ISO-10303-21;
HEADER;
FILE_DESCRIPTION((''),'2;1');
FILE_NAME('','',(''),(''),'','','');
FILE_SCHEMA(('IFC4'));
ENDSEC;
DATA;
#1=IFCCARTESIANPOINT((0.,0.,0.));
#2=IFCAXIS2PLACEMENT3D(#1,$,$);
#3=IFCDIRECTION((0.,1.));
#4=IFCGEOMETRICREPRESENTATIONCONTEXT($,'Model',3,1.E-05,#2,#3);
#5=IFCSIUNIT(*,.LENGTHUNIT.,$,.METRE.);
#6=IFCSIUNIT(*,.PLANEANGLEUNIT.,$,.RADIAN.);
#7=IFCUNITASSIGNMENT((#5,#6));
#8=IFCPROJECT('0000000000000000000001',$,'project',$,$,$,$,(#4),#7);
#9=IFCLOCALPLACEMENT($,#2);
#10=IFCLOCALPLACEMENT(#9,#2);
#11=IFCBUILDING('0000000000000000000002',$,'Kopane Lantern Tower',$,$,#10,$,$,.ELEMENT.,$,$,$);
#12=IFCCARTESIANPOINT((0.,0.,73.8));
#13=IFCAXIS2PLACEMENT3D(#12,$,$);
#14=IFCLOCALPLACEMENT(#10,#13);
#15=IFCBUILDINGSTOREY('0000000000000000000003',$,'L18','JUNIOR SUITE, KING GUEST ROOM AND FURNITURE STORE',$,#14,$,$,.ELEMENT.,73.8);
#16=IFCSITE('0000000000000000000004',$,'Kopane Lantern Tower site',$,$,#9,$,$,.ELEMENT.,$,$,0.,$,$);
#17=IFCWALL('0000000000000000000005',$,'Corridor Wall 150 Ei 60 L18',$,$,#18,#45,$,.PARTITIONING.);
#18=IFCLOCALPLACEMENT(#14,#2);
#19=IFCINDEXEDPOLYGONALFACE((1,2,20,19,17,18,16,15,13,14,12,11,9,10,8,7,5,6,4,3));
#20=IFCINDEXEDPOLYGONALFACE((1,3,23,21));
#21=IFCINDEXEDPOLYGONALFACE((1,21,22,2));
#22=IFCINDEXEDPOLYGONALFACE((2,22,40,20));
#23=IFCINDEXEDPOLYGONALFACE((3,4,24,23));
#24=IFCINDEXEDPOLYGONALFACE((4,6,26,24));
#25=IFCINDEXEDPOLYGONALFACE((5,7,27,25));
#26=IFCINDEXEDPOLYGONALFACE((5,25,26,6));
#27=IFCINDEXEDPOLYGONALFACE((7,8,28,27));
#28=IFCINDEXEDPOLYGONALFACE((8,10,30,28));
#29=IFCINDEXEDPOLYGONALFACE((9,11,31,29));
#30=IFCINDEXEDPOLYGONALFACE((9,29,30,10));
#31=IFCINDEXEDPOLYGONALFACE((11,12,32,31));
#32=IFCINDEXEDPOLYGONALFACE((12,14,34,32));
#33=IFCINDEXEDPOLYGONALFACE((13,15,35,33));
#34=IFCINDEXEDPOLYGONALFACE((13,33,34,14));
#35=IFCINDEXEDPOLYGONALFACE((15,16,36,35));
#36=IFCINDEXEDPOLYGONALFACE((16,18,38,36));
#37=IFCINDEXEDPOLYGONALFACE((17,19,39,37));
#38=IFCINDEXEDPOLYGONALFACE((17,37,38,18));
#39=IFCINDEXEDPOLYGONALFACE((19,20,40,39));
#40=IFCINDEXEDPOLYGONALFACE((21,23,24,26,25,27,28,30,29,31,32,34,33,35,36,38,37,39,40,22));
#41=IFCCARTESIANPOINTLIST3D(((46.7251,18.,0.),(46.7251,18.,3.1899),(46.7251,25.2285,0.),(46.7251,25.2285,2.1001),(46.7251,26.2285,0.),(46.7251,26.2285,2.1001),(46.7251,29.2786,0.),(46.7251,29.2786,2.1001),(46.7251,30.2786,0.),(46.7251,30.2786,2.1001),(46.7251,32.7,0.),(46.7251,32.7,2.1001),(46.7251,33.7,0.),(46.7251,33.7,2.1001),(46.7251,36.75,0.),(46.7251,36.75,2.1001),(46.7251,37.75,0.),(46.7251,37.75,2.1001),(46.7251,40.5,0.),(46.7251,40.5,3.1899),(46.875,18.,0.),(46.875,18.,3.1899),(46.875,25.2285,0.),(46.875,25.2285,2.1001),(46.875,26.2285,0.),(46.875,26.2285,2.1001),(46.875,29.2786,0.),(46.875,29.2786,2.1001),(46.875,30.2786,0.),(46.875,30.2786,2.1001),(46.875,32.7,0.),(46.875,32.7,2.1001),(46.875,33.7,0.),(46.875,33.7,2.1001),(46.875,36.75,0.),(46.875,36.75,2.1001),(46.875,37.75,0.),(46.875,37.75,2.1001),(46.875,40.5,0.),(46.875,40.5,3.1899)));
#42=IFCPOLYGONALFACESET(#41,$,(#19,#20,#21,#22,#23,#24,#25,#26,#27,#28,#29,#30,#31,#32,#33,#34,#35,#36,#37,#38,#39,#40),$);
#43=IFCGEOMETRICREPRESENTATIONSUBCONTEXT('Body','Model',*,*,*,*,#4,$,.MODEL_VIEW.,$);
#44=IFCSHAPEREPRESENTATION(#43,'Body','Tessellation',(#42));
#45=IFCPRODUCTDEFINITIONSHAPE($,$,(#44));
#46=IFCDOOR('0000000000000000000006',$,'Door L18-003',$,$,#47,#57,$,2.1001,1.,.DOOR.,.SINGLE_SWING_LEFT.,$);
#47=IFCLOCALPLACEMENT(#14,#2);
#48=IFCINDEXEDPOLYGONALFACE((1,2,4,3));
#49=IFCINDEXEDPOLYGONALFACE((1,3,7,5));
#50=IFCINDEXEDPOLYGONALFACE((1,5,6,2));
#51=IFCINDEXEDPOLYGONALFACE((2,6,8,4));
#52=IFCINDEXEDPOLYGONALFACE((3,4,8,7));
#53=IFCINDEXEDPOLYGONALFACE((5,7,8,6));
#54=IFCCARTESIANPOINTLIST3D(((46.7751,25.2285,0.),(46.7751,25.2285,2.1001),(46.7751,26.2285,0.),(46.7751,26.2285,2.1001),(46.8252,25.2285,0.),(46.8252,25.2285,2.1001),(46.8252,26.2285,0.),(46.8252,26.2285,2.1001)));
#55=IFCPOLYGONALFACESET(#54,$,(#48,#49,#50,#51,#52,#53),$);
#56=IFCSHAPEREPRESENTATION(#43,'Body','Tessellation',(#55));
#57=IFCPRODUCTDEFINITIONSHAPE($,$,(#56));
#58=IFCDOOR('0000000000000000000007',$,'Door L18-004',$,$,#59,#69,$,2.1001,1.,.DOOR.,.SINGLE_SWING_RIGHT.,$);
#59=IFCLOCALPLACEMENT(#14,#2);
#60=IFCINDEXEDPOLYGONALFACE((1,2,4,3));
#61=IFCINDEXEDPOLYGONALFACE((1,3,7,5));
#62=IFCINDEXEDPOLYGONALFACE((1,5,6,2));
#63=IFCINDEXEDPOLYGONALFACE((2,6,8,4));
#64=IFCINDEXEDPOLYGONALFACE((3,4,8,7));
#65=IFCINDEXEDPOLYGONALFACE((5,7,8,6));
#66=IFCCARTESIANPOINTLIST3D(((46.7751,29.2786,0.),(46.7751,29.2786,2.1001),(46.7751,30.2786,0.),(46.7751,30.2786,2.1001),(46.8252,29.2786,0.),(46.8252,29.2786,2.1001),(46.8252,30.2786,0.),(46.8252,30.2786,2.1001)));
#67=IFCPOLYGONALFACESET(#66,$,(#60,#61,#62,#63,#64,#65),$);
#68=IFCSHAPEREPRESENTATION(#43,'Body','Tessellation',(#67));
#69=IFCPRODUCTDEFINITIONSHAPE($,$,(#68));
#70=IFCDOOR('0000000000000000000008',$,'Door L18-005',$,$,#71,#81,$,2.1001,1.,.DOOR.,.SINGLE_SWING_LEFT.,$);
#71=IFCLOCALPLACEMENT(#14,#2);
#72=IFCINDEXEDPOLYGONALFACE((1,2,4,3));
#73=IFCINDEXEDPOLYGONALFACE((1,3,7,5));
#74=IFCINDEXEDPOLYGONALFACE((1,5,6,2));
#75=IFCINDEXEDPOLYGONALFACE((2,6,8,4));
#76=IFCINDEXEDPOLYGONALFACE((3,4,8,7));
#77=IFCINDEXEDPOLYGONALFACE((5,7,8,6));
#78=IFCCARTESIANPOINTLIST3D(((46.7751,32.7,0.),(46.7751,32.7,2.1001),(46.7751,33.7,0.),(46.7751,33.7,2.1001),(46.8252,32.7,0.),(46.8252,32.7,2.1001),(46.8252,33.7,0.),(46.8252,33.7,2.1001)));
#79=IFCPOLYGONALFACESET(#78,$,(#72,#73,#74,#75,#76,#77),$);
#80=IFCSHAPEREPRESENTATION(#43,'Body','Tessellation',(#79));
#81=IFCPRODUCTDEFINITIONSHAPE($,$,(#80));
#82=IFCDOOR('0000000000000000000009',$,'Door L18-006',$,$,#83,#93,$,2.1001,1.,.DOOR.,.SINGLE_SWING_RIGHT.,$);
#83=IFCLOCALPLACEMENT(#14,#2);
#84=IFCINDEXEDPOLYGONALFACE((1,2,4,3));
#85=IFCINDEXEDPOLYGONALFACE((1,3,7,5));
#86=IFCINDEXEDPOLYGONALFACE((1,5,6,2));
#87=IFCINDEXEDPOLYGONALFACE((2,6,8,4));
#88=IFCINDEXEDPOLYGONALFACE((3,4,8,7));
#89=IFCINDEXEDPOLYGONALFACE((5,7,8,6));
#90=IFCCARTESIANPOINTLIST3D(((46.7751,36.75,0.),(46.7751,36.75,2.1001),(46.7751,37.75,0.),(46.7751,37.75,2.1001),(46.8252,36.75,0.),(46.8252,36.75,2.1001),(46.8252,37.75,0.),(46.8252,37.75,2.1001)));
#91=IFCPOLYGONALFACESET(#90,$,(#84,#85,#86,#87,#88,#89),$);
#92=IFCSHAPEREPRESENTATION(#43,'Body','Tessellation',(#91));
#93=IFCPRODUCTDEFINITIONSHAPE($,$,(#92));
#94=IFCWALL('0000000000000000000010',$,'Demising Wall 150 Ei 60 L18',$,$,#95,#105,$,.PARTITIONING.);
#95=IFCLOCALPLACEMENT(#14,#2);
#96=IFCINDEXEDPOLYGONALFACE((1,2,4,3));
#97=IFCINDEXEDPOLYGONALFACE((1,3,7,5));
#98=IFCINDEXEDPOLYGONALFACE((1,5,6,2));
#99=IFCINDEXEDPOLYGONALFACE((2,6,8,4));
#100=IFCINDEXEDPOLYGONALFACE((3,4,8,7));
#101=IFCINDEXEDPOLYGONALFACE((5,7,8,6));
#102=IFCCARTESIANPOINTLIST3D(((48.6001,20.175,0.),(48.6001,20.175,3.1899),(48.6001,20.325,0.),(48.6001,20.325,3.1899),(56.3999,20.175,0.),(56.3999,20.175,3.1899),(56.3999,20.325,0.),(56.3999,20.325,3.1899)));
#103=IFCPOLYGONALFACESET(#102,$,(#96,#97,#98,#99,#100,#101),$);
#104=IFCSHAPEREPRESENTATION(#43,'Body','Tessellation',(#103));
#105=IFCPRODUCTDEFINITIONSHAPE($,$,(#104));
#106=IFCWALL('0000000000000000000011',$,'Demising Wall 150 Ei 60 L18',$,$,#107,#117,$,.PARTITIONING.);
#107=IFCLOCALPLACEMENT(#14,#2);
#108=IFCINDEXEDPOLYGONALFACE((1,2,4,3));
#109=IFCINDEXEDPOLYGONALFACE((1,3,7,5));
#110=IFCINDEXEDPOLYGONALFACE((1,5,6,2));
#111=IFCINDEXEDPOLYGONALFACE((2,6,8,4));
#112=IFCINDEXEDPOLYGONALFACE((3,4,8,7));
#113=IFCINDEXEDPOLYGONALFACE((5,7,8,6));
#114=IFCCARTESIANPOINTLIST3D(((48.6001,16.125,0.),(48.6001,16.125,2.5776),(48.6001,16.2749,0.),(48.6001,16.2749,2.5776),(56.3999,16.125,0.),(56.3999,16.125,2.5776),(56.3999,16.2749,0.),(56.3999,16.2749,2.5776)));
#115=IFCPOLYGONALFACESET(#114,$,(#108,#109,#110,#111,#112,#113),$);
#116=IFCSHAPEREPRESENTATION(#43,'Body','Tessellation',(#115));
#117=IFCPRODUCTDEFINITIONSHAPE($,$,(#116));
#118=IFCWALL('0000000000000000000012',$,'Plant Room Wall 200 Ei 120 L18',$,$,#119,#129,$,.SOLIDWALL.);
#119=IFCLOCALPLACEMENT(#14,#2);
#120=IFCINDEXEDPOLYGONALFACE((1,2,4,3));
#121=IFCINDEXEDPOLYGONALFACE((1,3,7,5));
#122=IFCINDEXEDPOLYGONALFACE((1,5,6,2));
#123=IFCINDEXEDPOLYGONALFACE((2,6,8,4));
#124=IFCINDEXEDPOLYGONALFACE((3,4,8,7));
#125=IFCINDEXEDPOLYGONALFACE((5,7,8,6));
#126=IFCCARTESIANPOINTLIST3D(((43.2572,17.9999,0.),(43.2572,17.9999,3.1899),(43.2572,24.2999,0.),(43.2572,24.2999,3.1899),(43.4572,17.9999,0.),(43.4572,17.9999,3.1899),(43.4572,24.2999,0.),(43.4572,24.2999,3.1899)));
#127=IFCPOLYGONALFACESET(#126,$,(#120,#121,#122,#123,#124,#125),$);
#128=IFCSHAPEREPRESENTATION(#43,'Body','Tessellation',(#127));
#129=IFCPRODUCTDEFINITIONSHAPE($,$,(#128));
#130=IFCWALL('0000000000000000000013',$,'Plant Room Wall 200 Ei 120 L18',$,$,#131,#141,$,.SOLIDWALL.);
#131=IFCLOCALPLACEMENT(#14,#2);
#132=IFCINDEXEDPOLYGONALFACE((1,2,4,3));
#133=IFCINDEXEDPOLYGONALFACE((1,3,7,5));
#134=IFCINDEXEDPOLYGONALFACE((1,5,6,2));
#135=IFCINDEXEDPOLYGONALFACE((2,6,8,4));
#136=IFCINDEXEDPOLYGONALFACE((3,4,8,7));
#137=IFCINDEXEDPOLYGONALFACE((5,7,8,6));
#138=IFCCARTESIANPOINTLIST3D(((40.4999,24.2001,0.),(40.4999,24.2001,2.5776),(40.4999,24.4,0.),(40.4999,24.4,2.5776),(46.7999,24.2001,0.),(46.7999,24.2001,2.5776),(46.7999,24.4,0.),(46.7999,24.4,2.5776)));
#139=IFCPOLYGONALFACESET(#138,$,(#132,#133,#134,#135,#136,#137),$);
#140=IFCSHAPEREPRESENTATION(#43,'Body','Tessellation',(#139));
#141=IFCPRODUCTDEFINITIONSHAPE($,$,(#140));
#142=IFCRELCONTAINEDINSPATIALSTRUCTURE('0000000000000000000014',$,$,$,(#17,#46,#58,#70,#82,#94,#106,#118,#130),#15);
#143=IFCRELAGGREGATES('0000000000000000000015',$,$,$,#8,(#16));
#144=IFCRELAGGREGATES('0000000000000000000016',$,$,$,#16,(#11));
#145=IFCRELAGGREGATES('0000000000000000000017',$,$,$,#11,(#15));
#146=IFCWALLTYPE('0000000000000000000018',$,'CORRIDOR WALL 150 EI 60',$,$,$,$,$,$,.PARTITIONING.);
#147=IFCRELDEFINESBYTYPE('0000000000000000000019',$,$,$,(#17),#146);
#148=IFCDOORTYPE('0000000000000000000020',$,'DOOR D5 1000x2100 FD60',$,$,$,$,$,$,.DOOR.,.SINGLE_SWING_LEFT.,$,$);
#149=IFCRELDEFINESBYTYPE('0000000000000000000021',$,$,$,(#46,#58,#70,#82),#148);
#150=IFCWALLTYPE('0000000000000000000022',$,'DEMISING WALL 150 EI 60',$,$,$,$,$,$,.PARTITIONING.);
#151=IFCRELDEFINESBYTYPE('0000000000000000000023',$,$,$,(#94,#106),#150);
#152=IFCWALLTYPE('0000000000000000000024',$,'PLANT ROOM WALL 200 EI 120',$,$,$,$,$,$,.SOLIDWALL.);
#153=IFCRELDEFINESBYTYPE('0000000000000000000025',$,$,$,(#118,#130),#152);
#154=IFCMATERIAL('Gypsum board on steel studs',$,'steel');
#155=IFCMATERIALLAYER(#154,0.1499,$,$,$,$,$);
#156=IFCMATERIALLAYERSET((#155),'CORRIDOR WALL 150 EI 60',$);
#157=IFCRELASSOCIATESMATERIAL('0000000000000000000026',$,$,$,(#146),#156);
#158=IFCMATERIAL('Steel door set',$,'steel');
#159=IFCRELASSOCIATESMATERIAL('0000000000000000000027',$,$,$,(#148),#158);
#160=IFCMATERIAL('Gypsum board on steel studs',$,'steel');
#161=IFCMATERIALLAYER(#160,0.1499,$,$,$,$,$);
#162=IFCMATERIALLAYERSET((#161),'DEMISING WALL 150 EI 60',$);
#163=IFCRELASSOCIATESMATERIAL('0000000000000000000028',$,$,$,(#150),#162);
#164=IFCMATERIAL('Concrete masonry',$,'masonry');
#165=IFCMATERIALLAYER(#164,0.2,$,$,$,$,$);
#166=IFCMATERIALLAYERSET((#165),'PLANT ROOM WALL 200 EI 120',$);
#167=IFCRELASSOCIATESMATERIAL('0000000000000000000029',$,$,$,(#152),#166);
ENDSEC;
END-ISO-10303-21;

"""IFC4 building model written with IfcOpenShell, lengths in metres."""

from ifc_helpers import new_model, si_unit, direction, frame, frame_2d, origin, place, context, subcontext, project, spatial, rectangle, extrude, material, layer, layer_set, type_object, element, fill, save


model = new_model("IFC4")

# Units and contexts
model_context = context("Model", 3, precision=1e-05, world=origin(), true_north=direction((0.0, 1.0)))
body_context = subcontext(model_context, "Body", "Model", "MODEL_VIEW")
ifc_project = project(units=[si_unit("LENGTHUNIT", "METRE"), si_unit("PLANEANGLEUNIT", "RADIAN")], contexts=[model_context])

# Site, building, storey
site_placement = place(None, origin())
site = spatial("IfcSite", under=ifc_project, at=site_placement, Name="Kopane Lantern Tower site", CompositionType="ELEMENT", RefElevation=0.0)
building_placement = place(site_placement, origin())
building = spatial("IfcBuilding", under=site, at=building_placement, Name="Kopane Lantern Tower", CompositionType="ELEMENT")
storey_placement = place(building_placement, frame((0.0, 0.0, 73.8)))
storey = spatial("IfcBuildingStorey", under=building, at=storey_placement, Name="L18", Description="JUNIOR SUITE, KING GUEST ROOM AND FURNITURE STORE", CompositionType="ELEMENT", Elevation=73.8)

# Wall, openings, doors
ifc_material_1 = material(Name="Gypsum board on steel studs", Category="steel")
ifc_layer_1 = layer(ifc_material_1, 0.1499)
ifc_layer_set_1 = layer_set([ifc_layer_1], Name="CORRIDOR WALL 150 EI 60")
wall_type_1 = type_object("IfcWallType", Name="CORRIDOR WALL 150 EI 60", PredefinedType="PARTITIONING", material=ifc_layer_set_1)
wall_1_placement = place(storey_placement, frame((46.8, 18.0, 0.0), z_axis=(0.0, 0.0, 1.0), x_axis=(0.0, 1.0, 0.0)))
wall_1 = element("IfcWall", 1, at=wall_1_placement, inside=storey, type_object=wall_type_1, Name="Corridor Wall 150 Ei 60 L18", PredefinedType="PARTITIONING", context=body_context, shape_type="SweptSolid", body=[
    extrude(rectangle(XDim=22.5, YDim=0.1499, at=frame_2d((11.25, 0.0))), origin(), (0.0, 0.0, 1.0), 3.1899),
])
opening_1_placement = place(wall_1_placement, frame((7.2285, 0.0, 0.0)))
opening_1 = element("IfcOpeningElement", 2, at=opening_1_placement, cuts=wall_1, PredefinedType="OPENING", context=body_context, shape_type="SweptSolid", body=[
    extrude(rectangle(XDim=1.0, YDim=2.1001, at=frame_2d((0.5, 1.05))), frame((0.0, 0.085, 0.0), z_axis=(0.0, -1.0, 0.0), x_axis=(1.0, 0.0, 0.0)), (0.0, 0.0, 1.0), 0.1699),
])
opening_2_placement = place(wall_1_placement, frame((11.2786, 0.0, 0.0)))
opening_2 = element("IfcOpeningElement", 3, at=opening_2_placement, cuts=wall_1, PredefinedType="OPENING", context=body_context, shape_type="SweptSolid", body=[
    extrude(rectangle(XDim=1.0, YDim=2.1001, at=frame_2d((0.5, 1.05))), frame((0.0, 0.085, 0.0), z_axis=(0.0, -1.0, 0.0), x_axis=(1.0, 0.0, 0.0)), (0.0, 0.0, 1.0), 0.1699),
])
opening_3_placement = place(wall_1_placement, frame((14.7, 0.0, 0.0)))
opening_3 = element("IfcOpeningElement", 4, at=opening_3_placement, cuts=wall_1, PredefinedType="OPENING", context=body_context, shape_type="SweptSolid", body=[
    extrude(rectangle(XDim=1.0, YDim=2.1001, at=frame_2d((0.5, 1.05))), frame((0.0, 0.085, 0.0), z_axis=(0.0, -1.0, 0.0), x_axis=(1.0, 0.0, 0.0)), (0.0, 0.0, 1.0), 0.1699),
])
opening_4_placement = place(wall_1_placement, frame((18.75, 0.0, 0.0)))
opening_4 = element("IfcOpeningElement", 5, at=opening_4_placement, cuts=wall_1, PredefinedType="OPENING", context=body_context, shape_type="SweptSolid", body=[
    extrude(rectangle(XDim=1.0, YDim=2.1001, at=frame_2d((0.5, 1.05))), frame((0.0, 0.085, 0.0), z_axis=(0.0, -1.0, 0.0), x_axis=(1.0, 0.0, 0.0)), (0.0, 0.0, 1.0), 0.1699),
])
ifc_material_2 = material(Name="Steel door set", Category="steel")
door_type_1 = type_object("IfcDoorType", Name="DOOR D5 1000x2100 FD60", OperationType="SINGLE_SWING_LEFT", PredefinedType="DOOR", material=ifc_material_2)
door_1_placement = place(opening_1_placement, origin())
door_1 = element("IfcDoor", 6, at=door_1_placement, inside=storey, type_object=door_type_1, Name="Door L18-003", OperationType="SINGLE_SWING_LEFT", OverallHeight=2.1001, OverallWidth=1.0, PredefinedType="DOOR", context=body_context, shape_type="SweptSolid", body=[
    extrude(rectangle(XDim=1.0, YDim=2.1001, at=frame_2d((0.5, 1.05))), frame((0.0, 0.0249, 0.0), z_axis=(0.0, -1.0, 0.0), x_axis=(1.0, 0.0, 0.0)), (0.0, 0.0, 1.0), 0.05),
])
fill(opening_1, door_1)
door_2_placement = place(opening_2_placement, origin())
door_2 = element("IfcDoor", 7, at=door_2_placement, inside=storey, type_object=door_type_1, Name="Door L18-004", OperationType="SINGLE_SWING_RIGHT", OverallHeight=2.1001, OverallWidth=1.0, PredefinedType="DOOR", context=body_context, shape_type="SweptSolid", body=[
    extrude(rectangle(XDim=1.0, YDim=2.1001, at=frame_2d((0.5, 1.05))), frame((0.0, 0.0249, 0.0), z_axis=(0.0, -1.0, 0.0), x_axis=(1.0, 0.0, 0.0)), (0.0, 0.0, 1.0), 0.05),
])
fill(opening_2, door_2)
door_3_placement = place(opening_3_placement, origin())
door_3 = element("IfcDoor", 8, at=door_3_placement, inside=storey, type_object=door_type_1, Name="Door L18-005", OperationType="SINGLE_SWING_LEFT", OverallHeight=2.1001, OverallWidth=1.0, PredefinedType="DOOR", context=body_context, shape_type="SweptSolid", body=[
    extrude(rectangle(XDim=1.0, YDim=2.1001, at=frame_2d((0.5, 1.05))), frame((0.0, 0.0249, 0.0), z_axis=(0.0, -1.0, 0.0), x_axis=(1.0, 0.0, 0.0)), (0.0, 0.0, 1.0), 0.05),
])
fill(opening_3, door_3)
door_4_placement = place(opening_4_placement, origin())
door_4 = element("IfcDoor", 9, at=door_4_placement, inside=storey, type_object=door_type_1, Name="Door L18-006", OperationType="SINGLE_SWING_RIGHT", OverallHeight=2.1001, OverallWidth=1.0, PredefinedType="DOOR", context=body_context, shape_type="SweptSolid", body=[
    extrude(rectangle(XDim=1.0, YDim=2.1001, at=frame_2d((0.5, 1.05))), frame((0.0, 0.0249, 0.0), z_axis=(0.0, -1.0, 0.0), x_axis=(1.0, 0.0, 0.0)), (0.0, 0.0, 1.0), 0.05),
])
fill(opening_4, door_4)

# Walls
ifc_material_3 = material(Name="Gypsum board on steel studs", Category="steel")
ifc_layer_2 = layer(ifc_material_3, 0.1499)
ifc_layer_set_2 = layer_set([ifc_layer_2], Name="DEMISING WALL 150 EI 60")
wall_type_2 = type_object("IfcWallType", Name="DEMISING WALL 150 EI 60", PredefinedType="PARTITIONING", material=ifc_layer_set_2)
wall_2_placement = place(storey_placement, frame((48.6001, 20.25, 0.0), z_axis=(0.0, 0.0, 1.0), x_axis=(1.0, 0.0, 0.0)))
element("IfcWall", 10, at=wall_2_placement, inside=storey, type_object=wall_type_2, Name="Demising Wall 150 Ei 60 L18", PredefinedType="PARTITIONING", context=body_context, shape_type="SweptSolid", body=[
    extrude(rectangle(XDim=7.7998, YDim=0.1499, at=frame_2d((3.8999, 0.0))), origin(), (0.0, 0.0, 1.0), 3.1899),
])
wall_3_placement = place(storey_placement, frame((48.6001, 16.2, 0.0), z_axis=(0.0, 0.0, 1.0), x_axis=(1.0, 0.0, 0.0)))
element("IfcWall", 11, at=wall_3_placement, inside=storey, type_object=wall_type_2, Name="Demising Wall 150 Ei 60 L18", PredefinedType="PARTITIONING", context=body_context, shape_type="SweptSolid", body=[
    extrude(rectangle(XDim=7.7998, YDim=0.1499, at=frame_2d((3.8999, 0.0))), origin(), (0.0, 0.0, 1.0), 2.5776),
])
ifc_material_4 = material(Name="Concrete masonry", Category="masonry")
ifc_layer_3 = layer(ifc_material_4, 0.2)
ifc_layer_set_3 = layer_set([ifc_layer_3], Name="PLANT ROOM WALL 200 EI 120")
wall_type_3 = type_object("IfcWallType", Name="PLANT ROOM WALL 200 EI 120", PredefinedType="SOLIDWALL", material=ifc_layer_set_3)
wall_4_placement = place(storey_placement, frame((43.3572, 18.0, 0.0), z_axis=(0.0, 0.0, 1.0), x_axis=(0.0, 1.0, 0.0)))
element("IfcWall", 12, at=wall_4_placement, inside=storey, type_object=wall_type_3, Name="Plant Room Wall 200 Ei 120 L18", PredefinedType="SOLIDWALL", context=body_context, shape_type="SweptSolid", body=[
    extrude(rectangle(XDim=6.3, YDim=0.2, at=frame_2d((3.1499, 0.0))), origin(), (0.0, 0.0, 1.0), 3.1899),
])
wall_5_placement = place(storey_placement, frame((40.5, 24.3, 0.0), z_axis=(0.0, 0.0, 1.0), x_axis=(1.0, 0.0, 0.0)))
element("IfcWall", 13, at=wall_5_placement, inside=storey, type_object=wall_type_3, Name="Plant Room Wall 200 Ei 120 L18", PredefinedType="SOLIDWALL", context=body_context, shape_type="SweptSolid", body=[
    extrude(rectangle(XDim=6.3, YDim=0.2, at=frame_2d((3.1499, 0.0))), origin(), (0.0, 0.0, 1.0), 2.5776),
])

save(model, "model.ifc")
